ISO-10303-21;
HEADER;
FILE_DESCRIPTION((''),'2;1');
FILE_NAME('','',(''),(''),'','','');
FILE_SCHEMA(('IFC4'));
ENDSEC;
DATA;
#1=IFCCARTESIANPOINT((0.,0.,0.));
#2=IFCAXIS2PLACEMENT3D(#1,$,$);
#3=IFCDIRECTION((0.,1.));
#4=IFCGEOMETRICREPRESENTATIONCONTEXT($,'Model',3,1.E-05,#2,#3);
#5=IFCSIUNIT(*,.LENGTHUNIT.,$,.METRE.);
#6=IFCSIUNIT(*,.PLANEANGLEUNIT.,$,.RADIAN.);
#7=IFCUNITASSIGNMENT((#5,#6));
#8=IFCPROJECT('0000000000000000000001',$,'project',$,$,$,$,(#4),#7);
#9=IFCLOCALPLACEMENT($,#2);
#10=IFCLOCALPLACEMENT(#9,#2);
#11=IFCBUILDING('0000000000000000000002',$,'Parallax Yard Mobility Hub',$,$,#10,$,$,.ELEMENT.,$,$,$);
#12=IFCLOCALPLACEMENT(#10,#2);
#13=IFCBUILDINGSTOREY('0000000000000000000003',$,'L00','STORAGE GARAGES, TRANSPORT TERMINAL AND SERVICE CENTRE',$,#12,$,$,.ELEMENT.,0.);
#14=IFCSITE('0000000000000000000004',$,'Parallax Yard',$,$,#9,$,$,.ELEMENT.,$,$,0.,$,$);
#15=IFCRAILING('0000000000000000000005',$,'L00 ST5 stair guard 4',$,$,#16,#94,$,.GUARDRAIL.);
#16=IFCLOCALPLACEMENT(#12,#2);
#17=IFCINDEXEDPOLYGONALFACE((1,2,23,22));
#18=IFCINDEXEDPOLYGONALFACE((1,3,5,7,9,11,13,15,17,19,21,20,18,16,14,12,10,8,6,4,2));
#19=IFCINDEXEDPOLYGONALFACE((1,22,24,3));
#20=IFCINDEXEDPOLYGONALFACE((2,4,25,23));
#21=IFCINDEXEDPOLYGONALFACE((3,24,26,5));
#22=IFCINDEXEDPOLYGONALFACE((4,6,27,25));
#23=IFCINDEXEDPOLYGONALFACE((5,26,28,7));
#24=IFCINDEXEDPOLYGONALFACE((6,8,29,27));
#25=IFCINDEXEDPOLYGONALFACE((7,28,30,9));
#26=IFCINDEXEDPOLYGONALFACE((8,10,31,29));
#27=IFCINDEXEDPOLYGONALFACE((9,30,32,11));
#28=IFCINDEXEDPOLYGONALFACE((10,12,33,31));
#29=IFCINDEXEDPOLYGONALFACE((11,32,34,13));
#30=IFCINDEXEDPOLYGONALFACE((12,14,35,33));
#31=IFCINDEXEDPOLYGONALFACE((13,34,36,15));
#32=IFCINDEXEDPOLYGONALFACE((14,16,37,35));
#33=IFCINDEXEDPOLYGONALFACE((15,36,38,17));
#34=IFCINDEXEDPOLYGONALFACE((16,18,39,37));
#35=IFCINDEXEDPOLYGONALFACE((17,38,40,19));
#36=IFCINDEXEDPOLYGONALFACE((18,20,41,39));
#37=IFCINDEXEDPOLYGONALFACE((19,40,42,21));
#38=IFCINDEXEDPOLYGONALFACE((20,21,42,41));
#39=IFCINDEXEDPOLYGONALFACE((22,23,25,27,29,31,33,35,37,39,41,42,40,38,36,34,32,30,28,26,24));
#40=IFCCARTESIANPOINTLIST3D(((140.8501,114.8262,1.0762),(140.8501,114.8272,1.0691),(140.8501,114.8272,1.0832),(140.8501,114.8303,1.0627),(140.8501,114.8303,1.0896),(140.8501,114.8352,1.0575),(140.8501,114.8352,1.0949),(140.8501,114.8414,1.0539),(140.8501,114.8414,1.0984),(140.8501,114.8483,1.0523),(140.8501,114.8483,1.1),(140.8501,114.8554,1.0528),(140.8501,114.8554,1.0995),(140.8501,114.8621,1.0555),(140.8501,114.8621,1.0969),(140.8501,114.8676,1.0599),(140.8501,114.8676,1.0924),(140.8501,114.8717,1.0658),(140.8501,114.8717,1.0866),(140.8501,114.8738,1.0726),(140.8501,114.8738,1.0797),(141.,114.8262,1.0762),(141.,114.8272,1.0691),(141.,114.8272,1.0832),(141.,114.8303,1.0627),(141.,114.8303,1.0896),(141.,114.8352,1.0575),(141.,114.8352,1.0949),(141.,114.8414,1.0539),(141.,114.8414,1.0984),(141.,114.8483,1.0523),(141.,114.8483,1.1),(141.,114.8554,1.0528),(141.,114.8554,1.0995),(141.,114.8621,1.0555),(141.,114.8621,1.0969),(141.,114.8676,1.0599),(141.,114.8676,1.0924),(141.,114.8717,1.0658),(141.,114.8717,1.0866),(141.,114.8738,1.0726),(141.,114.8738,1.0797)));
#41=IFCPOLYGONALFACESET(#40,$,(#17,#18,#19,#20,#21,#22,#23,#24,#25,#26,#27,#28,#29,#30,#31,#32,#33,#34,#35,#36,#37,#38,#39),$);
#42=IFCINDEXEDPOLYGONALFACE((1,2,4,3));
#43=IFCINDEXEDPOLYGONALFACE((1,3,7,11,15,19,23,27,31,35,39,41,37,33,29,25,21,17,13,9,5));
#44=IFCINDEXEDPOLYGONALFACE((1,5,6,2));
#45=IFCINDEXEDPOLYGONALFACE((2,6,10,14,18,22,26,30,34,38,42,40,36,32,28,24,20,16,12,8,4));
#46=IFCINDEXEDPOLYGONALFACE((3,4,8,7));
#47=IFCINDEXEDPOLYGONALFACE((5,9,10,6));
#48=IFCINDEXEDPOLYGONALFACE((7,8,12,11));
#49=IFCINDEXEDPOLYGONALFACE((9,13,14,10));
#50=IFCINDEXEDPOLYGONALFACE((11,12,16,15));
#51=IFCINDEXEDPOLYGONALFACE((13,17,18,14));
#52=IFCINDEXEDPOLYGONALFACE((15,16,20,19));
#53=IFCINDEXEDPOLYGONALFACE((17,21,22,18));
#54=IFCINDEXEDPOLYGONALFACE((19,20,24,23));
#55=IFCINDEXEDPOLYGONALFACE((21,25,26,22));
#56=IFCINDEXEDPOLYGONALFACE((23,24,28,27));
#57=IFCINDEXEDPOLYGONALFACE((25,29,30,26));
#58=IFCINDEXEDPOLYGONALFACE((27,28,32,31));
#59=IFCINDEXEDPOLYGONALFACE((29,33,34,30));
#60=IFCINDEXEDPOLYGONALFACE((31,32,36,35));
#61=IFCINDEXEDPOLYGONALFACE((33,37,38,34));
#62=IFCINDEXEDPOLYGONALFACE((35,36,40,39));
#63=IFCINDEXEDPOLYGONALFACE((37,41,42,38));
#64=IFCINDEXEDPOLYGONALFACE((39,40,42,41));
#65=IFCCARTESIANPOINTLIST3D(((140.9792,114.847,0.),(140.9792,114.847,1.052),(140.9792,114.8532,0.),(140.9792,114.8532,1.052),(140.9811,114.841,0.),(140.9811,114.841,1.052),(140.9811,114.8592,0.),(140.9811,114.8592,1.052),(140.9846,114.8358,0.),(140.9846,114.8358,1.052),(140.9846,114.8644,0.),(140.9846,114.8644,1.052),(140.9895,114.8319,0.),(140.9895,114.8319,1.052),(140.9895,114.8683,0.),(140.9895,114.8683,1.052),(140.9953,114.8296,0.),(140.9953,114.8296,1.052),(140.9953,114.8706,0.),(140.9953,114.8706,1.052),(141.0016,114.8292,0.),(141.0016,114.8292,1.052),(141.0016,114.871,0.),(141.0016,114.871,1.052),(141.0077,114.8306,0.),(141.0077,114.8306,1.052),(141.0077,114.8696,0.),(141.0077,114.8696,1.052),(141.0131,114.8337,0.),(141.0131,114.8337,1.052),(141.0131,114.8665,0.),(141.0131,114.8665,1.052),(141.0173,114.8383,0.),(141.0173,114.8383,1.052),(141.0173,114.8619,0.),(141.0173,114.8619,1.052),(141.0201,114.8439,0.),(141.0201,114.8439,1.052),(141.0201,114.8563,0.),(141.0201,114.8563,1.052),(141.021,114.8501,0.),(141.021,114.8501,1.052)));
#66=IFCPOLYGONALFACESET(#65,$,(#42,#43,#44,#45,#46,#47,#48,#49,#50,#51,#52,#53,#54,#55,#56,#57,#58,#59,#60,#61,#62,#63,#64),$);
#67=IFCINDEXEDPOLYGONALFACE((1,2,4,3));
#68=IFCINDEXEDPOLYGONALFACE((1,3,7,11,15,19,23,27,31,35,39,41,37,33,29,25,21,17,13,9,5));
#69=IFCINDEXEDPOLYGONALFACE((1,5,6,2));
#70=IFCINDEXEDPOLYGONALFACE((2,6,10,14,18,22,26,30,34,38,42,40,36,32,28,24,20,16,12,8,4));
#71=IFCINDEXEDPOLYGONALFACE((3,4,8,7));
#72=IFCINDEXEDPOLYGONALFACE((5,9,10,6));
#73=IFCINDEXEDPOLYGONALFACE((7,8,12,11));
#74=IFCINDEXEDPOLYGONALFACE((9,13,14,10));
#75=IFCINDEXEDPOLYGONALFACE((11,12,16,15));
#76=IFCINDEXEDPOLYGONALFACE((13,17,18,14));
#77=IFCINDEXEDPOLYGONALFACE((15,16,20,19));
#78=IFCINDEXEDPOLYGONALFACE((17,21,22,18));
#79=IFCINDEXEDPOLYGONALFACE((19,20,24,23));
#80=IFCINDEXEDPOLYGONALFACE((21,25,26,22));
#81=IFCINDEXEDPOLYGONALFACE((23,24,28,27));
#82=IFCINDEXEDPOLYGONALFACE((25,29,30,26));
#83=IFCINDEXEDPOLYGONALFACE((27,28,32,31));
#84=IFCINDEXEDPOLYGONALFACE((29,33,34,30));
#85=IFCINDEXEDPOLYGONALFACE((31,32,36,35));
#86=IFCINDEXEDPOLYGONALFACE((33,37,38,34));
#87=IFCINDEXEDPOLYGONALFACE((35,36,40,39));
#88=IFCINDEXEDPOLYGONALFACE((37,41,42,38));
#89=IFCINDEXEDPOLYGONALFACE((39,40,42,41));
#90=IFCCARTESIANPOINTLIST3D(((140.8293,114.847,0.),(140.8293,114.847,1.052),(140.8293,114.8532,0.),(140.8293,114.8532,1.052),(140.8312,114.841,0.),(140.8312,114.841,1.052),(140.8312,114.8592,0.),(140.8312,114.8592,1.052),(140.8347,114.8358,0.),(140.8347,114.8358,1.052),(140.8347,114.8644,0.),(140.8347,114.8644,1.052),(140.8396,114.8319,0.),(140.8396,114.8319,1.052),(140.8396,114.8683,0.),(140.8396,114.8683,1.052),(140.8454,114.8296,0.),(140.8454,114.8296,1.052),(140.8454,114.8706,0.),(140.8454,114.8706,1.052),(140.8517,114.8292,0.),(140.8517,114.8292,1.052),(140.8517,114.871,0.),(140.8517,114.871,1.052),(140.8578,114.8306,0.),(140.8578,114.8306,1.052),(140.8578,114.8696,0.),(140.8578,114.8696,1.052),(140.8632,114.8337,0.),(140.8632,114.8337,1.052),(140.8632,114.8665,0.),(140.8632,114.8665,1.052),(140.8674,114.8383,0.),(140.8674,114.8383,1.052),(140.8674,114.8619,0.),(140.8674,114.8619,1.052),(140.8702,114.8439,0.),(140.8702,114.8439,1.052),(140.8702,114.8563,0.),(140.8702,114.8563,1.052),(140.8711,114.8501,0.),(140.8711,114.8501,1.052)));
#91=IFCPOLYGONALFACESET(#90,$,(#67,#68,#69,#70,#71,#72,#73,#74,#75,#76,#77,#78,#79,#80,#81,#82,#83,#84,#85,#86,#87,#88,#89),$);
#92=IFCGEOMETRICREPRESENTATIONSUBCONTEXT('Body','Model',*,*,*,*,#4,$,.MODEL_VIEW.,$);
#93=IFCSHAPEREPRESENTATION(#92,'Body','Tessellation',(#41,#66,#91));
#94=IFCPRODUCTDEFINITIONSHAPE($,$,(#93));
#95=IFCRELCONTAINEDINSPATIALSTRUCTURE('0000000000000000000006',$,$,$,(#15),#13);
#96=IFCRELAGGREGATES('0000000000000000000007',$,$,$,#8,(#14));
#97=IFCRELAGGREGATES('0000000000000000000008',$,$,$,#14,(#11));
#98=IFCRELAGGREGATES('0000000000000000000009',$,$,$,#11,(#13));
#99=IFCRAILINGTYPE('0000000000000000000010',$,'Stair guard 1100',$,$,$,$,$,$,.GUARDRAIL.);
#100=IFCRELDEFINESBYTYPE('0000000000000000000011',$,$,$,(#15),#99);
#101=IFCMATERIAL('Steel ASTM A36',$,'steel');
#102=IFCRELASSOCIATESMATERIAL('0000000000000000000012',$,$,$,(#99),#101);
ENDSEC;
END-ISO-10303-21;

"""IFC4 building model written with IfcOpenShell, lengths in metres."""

from ifc_helpers import new_model, si_unit, direction, frame, origin, origin_2d, place, context, subcontext, project, spatial, circle, extrude, material, type_object, element, save


model = new_model("IFC4")

# Units and contexts
model_context = context("Model", 3, precision=1e-05, world=origin(), true_north=direction((0.0, 1.0)))
body_context = subcontext(model_context, "Body", "Model", "MODEL_VIEW")
ifc_project = project(units=[si_unit("LENGTHUNIT", "METRE"), si_unit("PLANEANGLEUNIT", "RADIAN")], contexts=[model_context])

# Site, building, storey
site_placement = place(None, origin())
site = spatial("IfcSite", under=ifc_project, at=site_placement, Name="Parallax Yard", CompositionType="ELEMENT", RefElevation=0.0)
building_placement = place(site_placement, origin())
building = spatial("IfcBuilding", under=site, at=building_placement, Name="Parallax Yard Mobility Hub", CompositionType="ELEMENT")
storey_placement = place(building_placement, origin())
storey = spatial("IfcBuildingStorey", under=building, at=storey_placement, Name="L00", Description="STORAGE GARAGES, TRANSPORT TERMINAL AND SERVICE CENTRE", CompositionType="ELEMENT", Elevation=0.0)

# Railing
ifc_material_1 = material(Name="Steel ASTM A36", Category="steel")
railing_type_1 = type_object("IfcRailingType", Name="Stair guard 1100", PredefinedType="GUARDRAIL", material=ifc_material_1)
railing_1_placement = place(storey_placement, frame((141.0, 114.8501, 0.0)))
element("IfcRailing", 1, at=railing_1_placement, inside=storey, type_object=railing_type_1, Name="L00 ST5 stair guard 4", PredefinedType="GUARDRAIL", context=body_context, shape_type="SweptSolid", body=[
    extrude(circle(Radius=0.0239, at=origin_2d()), frame((0.0, 0.0, 1.0762), z_axis=(-1.0, 0.0, 0.0), x_axis=(0.0, -1.0, 0.0)), (0.0, 0.0, 1.0), 0.1499),
    extrude(circle(Radius=0.021, at=origin_2d()), origin(), (0.0, 0.0, 1.0), 1.052),
    extrude(circle(Radius=0.021, at=origin_2d()), frame((-0.1499, 0.0, 0.0)), (0.0, 0.0, 1.0), 1.052),
])

save(model, "model.ifc")
